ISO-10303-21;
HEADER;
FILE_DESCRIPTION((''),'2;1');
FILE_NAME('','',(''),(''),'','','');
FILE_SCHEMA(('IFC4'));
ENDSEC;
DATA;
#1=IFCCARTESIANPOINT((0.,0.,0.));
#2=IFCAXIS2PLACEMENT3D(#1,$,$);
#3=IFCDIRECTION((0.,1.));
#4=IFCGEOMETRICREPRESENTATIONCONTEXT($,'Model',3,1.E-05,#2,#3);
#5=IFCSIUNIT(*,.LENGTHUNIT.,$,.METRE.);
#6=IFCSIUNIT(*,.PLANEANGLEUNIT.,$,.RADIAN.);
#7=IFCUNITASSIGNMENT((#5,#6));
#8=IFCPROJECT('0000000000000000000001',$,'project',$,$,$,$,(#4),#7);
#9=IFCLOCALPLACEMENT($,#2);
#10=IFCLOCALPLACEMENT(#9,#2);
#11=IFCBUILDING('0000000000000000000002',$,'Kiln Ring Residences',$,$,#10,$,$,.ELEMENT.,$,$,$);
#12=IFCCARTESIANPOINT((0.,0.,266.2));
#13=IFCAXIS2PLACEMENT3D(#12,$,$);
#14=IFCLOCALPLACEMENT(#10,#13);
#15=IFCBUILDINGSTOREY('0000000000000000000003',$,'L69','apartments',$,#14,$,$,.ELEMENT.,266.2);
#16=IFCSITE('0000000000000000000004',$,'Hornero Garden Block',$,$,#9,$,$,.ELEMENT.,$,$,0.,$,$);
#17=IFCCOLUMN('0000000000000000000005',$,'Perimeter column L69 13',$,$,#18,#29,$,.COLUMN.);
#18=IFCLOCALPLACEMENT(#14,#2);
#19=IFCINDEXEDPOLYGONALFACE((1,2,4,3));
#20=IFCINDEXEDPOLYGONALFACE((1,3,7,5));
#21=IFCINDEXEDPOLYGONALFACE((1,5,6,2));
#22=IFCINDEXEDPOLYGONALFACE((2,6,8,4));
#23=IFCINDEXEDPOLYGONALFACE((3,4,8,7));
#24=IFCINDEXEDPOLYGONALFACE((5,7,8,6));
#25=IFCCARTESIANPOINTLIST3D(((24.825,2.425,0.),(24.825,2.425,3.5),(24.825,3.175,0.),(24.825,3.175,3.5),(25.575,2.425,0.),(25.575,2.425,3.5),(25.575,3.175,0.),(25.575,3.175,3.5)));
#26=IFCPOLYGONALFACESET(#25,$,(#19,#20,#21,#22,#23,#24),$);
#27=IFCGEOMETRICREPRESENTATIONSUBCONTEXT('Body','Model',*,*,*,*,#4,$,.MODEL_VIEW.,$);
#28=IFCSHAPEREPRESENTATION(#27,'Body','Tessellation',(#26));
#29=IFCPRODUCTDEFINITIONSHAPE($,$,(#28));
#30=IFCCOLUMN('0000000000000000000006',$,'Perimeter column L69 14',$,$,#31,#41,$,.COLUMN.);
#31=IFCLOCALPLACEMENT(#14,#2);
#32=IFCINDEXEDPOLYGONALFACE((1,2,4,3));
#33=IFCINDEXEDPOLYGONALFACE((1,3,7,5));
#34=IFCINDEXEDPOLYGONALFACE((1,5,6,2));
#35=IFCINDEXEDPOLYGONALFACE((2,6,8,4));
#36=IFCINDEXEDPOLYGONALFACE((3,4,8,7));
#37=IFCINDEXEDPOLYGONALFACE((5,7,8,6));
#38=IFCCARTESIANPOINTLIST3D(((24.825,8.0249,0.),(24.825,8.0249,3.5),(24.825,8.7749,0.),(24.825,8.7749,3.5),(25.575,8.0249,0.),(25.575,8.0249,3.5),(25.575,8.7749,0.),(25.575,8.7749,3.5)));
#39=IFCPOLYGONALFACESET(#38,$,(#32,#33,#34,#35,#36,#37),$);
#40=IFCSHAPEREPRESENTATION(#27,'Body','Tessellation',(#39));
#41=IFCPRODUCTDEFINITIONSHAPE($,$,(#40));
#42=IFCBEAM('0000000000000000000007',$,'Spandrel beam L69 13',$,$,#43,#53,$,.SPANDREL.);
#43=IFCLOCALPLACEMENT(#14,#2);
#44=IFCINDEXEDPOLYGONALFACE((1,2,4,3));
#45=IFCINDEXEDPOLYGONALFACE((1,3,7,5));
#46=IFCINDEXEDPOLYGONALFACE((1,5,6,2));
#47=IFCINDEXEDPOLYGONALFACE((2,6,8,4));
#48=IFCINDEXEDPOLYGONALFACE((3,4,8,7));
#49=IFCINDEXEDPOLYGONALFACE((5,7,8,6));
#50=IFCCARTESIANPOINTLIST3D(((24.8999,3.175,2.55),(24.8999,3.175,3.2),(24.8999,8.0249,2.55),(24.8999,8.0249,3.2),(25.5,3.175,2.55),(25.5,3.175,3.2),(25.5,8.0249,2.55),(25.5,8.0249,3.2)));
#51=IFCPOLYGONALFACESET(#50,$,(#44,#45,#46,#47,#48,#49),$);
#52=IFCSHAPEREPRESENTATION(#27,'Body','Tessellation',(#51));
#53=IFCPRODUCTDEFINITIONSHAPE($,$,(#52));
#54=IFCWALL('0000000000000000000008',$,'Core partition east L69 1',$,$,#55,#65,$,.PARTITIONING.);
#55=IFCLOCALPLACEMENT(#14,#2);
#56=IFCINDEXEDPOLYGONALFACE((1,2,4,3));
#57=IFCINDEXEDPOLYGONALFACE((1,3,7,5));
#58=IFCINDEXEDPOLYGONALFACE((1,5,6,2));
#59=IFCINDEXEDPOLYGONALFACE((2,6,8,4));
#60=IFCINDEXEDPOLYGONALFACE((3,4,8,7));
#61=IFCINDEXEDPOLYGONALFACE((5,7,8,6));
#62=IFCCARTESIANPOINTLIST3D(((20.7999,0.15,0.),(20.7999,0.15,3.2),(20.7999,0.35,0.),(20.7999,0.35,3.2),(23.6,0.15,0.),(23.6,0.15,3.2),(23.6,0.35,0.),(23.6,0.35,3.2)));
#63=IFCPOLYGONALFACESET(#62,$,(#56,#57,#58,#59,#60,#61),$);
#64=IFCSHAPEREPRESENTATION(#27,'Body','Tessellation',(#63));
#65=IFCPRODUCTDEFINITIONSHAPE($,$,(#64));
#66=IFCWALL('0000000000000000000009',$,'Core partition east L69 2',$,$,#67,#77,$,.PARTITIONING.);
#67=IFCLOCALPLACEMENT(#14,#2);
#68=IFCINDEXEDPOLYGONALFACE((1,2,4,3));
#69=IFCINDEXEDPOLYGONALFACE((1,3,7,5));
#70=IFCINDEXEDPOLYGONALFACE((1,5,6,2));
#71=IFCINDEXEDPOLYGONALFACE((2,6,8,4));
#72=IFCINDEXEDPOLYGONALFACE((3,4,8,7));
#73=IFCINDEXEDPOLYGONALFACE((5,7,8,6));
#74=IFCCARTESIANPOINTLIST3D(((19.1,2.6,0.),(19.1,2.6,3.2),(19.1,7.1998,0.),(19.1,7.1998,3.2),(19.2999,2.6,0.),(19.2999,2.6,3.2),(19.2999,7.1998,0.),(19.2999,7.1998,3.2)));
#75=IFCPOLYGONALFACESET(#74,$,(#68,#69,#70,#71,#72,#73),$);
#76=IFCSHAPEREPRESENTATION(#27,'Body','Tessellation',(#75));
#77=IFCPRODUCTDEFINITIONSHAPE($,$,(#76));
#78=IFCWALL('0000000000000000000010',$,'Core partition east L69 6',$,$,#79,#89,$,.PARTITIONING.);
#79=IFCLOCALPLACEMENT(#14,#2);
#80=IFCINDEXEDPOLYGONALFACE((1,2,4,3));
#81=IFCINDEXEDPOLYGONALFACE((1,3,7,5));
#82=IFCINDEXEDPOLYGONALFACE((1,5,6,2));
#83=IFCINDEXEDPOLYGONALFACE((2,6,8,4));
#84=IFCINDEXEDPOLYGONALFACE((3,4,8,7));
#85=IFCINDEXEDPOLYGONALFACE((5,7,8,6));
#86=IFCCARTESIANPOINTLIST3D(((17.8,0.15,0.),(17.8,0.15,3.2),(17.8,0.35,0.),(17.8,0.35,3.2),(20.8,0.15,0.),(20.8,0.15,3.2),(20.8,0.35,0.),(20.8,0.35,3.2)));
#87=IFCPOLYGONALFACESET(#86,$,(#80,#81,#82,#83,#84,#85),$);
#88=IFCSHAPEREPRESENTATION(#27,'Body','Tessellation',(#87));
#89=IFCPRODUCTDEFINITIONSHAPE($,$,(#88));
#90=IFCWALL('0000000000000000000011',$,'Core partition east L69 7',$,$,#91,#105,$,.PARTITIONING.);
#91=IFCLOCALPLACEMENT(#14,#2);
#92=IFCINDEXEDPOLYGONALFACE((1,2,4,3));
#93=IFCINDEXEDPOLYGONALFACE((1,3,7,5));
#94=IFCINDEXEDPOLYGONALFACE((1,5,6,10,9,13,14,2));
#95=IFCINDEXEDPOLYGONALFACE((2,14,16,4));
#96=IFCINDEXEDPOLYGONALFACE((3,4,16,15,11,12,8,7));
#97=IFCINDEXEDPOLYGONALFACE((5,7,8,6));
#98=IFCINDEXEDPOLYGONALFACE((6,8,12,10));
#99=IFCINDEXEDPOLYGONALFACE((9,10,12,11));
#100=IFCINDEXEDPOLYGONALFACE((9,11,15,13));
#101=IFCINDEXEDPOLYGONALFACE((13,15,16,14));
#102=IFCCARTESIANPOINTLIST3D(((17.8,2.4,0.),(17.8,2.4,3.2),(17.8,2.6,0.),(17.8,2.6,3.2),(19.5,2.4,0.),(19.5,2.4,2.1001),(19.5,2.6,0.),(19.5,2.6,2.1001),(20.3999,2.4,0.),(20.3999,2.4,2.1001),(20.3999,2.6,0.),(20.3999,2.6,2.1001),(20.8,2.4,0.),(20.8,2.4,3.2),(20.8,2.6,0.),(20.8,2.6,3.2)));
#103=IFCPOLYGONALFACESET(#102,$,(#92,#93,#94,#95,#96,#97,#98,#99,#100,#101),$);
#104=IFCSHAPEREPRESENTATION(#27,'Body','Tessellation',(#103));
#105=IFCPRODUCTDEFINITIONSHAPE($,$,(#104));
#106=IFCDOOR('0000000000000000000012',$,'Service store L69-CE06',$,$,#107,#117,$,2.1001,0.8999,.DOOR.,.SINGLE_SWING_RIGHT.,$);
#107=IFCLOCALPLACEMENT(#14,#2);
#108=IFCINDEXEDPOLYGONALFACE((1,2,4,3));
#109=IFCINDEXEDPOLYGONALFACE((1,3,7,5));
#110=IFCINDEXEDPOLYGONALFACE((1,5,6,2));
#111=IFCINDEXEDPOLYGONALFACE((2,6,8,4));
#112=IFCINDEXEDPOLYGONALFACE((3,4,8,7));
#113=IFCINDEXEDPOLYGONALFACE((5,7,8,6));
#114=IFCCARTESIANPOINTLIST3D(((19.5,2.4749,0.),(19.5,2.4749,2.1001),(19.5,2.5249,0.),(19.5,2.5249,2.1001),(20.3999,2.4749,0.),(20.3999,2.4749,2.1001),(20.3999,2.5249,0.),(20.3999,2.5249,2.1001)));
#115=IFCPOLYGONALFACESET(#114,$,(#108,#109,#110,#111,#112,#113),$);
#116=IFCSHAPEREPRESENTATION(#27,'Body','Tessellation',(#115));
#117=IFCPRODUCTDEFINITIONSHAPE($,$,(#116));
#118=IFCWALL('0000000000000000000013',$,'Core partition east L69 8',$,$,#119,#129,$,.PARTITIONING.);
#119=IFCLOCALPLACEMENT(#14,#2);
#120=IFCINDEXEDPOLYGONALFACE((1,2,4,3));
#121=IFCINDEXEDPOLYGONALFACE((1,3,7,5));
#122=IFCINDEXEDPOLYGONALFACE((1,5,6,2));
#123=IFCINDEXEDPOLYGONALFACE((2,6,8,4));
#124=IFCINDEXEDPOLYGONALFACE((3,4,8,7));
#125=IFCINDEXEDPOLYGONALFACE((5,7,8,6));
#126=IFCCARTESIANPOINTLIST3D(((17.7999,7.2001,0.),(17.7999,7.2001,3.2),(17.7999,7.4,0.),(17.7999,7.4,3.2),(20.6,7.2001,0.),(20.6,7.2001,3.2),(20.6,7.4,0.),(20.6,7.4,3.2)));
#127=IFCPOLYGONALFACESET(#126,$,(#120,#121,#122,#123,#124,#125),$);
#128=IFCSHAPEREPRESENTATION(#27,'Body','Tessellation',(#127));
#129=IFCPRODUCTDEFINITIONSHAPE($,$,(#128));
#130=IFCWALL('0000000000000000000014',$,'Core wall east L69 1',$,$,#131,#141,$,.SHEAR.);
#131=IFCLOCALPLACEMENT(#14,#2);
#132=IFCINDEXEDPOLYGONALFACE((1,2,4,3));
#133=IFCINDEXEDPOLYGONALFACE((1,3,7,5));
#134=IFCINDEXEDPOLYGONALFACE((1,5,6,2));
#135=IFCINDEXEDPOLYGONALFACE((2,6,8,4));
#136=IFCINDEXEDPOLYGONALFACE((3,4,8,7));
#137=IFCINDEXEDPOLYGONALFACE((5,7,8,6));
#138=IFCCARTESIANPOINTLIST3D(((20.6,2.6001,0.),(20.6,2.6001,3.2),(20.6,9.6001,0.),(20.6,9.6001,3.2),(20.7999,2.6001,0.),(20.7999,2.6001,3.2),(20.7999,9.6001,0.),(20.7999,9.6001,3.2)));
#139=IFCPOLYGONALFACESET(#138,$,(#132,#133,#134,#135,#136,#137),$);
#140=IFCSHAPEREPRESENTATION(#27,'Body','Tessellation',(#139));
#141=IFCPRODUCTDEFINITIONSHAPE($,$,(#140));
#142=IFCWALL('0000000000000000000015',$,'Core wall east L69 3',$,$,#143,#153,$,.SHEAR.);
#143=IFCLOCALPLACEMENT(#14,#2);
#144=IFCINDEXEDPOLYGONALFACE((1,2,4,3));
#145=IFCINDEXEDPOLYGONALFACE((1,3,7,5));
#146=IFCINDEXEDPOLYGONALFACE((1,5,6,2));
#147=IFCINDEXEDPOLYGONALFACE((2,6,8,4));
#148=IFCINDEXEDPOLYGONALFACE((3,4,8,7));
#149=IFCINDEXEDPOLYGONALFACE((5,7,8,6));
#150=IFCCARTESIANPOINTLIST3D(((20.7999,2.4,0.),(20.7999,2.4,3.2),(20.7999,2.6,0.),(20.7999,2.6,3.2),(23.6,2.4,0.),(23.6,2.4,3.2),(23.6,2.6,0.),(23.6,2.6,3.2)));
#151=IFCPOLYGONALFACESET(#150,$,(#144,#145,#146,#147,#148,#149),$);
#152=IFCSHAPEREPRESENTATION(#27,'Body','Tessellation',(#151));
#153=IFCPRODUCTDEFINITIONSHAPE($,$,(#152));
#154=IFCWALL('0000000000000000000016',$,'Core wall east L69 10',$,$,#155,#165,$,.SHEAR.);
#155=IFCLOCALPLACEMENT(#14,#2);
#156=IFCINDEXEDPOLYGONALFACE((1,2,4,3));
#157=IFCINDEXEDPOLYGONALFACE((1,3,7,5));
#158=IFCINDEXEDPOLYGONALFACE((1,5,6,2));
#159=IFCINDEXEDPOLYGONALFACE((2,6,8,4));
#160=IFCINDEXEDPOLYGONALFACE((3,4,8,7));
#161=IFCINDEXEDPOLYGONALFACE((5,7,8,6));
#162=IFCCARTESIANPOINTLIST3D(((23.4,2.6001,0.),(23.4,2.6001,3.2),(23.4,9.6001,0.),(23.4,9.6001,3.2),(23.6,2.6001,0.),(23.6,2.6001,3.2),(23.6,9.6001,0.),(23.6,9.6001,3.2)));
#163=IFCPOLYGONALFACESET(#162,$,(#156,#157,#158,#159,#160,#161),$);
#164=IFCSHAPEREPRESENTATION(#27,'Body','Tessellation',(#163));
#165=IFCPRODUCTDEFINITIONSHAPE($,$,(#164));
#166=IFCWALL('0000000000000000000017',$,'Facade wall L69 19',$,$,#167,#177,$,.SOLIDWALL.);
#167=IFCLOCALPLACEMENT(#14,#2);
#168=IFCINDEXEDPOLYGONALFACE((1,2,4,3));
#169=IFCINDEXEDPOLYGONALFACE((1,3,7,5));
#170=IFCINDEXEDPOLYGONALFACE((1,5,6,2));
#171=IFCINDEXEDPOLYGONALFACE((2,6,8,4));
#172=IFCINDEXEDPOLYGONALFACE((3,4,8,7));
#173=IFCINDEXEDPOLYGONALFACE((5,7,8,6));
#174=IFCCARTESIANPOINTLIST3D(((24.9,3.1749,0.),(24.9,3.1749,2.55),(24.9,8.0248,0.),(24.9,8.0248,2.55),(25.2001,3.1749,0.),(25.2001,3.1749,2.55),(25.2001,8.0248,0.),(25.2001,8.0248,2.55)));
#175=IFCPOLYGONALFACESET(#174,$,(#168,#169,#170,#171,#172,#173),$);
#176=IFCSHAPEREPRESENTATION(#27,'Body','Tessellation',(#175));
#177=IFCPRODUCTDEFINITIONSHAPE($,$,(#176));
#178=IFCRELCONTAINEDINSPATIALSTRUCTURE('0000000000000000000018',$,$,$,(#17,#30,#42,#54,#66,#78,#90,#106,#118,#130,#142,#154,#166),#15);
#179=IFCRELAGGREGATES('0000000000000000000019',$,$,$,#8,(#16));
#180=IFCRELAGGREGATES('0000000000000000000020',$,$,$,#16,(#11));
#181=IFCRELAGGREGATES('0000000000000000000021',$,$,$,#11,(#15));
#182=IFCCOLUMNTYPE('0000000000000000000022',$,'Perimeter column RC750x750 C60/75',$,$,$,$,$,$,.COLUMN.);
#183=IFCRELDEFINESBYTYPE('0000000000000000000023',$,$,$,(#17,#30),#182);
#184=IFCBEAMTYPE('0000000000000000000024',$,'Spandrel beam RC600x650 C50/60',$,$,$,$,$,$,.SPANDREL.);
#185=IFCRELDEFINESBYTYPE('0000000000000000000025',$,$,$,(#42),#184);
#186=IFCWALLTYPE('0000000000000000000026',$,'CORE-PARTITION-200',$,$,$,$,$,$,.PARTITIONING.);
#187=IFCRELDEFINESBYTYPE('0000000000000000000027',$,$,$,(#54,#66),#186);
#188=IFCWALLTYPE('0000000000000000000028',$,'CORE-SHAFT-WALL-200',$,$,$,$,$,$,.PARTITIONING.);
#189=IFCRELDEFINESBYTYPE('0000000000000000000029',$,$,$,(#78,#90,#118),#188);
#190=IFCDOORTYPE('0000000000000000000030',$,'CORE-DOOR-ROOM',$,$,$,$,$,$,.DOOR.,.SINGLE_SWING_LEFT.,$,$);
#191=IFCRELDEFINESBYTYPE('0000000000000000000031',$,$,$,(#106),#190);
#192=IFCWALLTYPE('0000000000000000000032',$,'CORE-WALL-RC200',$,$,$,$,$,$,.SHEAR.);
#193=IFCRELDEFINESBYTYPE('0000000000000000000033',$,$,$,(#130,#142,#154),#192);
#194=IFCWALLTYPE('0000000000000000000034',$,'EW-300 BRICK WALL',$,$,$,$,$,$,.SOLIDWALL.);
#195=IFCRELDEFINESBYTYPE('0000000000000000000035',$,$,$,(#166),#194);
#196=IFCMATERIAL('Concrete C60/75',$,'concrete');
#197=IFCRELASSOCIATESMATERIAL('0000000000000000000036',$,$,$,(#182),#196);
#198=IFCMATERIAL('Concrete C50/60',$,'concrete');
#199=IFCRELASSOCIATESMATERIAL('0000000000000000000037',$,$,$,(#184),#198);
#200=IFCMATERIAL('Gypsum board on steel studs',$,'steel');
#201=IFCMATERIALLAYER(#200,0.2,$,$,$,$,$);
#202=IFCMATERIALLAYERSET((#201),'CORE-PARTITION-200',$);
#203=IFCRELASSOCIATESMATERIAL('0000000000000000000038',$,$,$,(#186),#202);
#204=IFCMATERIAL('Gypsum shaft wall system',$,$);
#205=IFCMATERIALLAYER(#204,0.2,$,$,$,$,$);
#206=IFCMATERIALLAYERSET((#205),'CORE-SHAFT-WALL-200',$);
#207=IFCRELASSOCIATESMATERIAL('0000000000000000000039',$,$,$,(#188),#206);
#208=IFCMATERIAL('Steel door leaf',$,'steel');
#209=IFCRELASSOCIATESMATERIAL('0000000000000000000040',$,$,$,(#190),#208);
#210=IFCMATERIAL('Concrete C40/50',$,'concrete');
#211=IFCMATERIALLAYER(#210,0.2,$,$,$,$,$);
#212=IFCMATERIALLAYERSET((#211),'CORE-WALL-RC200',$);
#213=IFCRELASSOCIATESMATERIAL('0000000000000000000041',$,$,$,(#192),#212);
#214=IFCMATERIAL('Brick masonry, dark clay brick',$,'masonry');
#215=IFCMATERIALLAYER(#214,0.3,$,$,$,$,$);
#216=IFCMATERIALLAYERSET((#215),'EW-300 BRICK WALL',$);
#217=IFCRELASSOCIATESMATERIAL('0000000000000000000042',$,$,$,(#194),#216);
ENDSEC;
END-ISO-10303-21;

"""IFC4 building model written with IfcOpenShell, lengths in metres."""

from ifc_helpers import new_model, si_unit, direction, frame, frame_2d, origin, origin_2d, place, context, subcontext, project, spatial, rectangle, extrude, material, layer, layer_set, material_profile, profile_set, type_object, element, fill, save


model = new_model("IFC4")

# Units and contexts
model_context = context("Model", 3, precision=1e-05, world=origin(), true_north=direction((0.0, 1.0)))
body_context = subcontext(model_context, "Body", "Model", "MODEL_VIEW")
ifc_project = project(units=[si_unit("LENGTHUNIT", "METRE"), si_unit("PLANEANGLEUNIT", "RADIAN")], contexts=[model_context])

# Site, building, storey
site_placement = place(None, origin())
site = spatial("IfcSite", under=ifc_project, at=site_placement, Name="Hornero Garden Block", CompositionType="ELEMENT", RefElevation=0.0)
building_placement = place(site_placement, origin())
building = spatial("IfcBuilding", under=site, at=building_placement, Name="Kiln Ring Residences", CompositionType="ELEMENT")
storey_placement = place(building_placement, frame((0.0, 0.0, 266.2)))
storey = spatial("IfcBuildingStorey", under=building, at=storey_placement, Name="L69", Description="apartments", CompositionType="ELEMENT", Elevation=266.2)

# Columns
ifc_material_1 = material(Name="Concrete C60/75", Category="concrete")
ifc_material_profile_1 = material_profile(ifc_material_1, rectangle(XDim=0.75, YDim=0.75, at=origin_2d()), Name="RC750x750")
ifc_profile_set_1 = profile_set([ifc_material_profile_1], Name="Concrete C60/75")
column_type = type_object("IfcColumnType", Name="Perimeter column RC750x750 C60/75", PredefinedType="COLUMN", material=ifc_profile_set_1)
for number, where, z_axis, x_axis, name in (
    (1, (25.2, 2.8, 0.0), (0.0, 0.0, 1.0), (1.0, 0.0, 0.0), "Perimeter column L69 13"),
    (2, (25.2, 8.3999, 0.0), (0.0, 0.0, 1.0), (1.0, 0.0, 0.0), "Perimeter column L69 14"),
):
    element("IfcColumn", number, at=place(storey_placement, frame(where, z_axis=z_axis, x_axis=x_axis)), inside=storey, type_object=column_type, Name=name, PredefinedType="COLUMN", context=body_context, shape_type="SweptSolid", body=[
        extrude(rectangle(XDim=0.75, YDim=0.75, at=origin_2d()), origin(), (0.0, 0.0, 1.0), 3.5),
    ])

# Beam
ifc_material_2 = material(Name="Concrete C50/60", Category="concrete")
ifc_material_profile_2 = material_profile(ifc_material_2, rectangle(XDim=0.6001, YDim=0.6499, at=origin_2d()), Name="RC600x650")
ifc_profile_set_2 = profile_set([ifc_material_profile_2], Name="Concrete C50/60")
beam_type = type_object("IfcBeamType", Name="Spandrel beam RC600x650 C50/60", PredefinedType="SPANDREL", material=ifc_profile_set_2)
beam_placement = place(storey_placement, frame((25.2, 3.175, 2.875), z_axis=(0.0, 1.0, 0.0), x_axis=(-1.0, 0.0, 0.0)))
element("IfcBeam", 3, at=beam_placement, inside=storey, type_object=beam_type, Name="Spandrel beam L69 13", PredefinedType="SPANDREL", context=body_context, shape_type="SweptSolid", body=[
    extrude(rectangle(XDim=0.6001, YDim=0.6499, at=origin_2d()), origin(), (0.0, 0.0, 1.0), 4.8499),
])

# Walls
ifc_material_3 = material(Name="Gypsum board on steel studs", Category="steel")
ifc_layer_1 = layer(ifc_material_3, 0.2)
ifc_layer_set_1 = layer_set([ifc_layer_1], Name="CORE-PARTITION-200")
wall_type_1 = type_object("IfcWallType", Name="CORE-PARTITION-200", PredefinedType="PARTITIONING", material=ifc_layer_set_1)
wall_1_placement = place(storey_placement, frame((20.8, 0.25, 0.0), z_axis=(0.0, 0.0, 1.0), x_axis=(1.0, 0.0, 0.0)))
element("IfcWall", 4, at=wall_1_placement, inside=storey, type_object=wall_type_1, Name="Core partition east L69 1", PredefinedType="PARTITIONING", context=body_context, shape_type="SweptSolid", body=[
    extrude(rectangle(XDim=2.8, YDim=0.2, at=frame_2d((1.3999, 0.0))), origin(), (0.0, 0.0, 1.0), 3.2),
])
wall_2_placement = place(storey_placement, frame((19.2, 2.6001, 0.0), z_axis=(0.0, 0.0, 1.0), x_axis=(0.0, 1.0, 0.0)))
element("IfcWall", 5, at=wall_2_placement, inside=storey, type_object=wall_type_1, Name="Core partition east L69 2", PredefinedType="PARTITIONING", context=body_context, shape_type="SweptSolid", body=[
    extrude(rectangle(XDim=4.5999, YDim=0.2, at=frame_2d((2.2998, 0.0))), origin(), (0.0, 0.0, 1.0), 3.2),
])
ifc_material_4 = material(Name="Gypsum shaft wall system")
ifc_layer_2 = layer(ifc_material_4, 0.2)
ifc_layer_set_2 = layer_set([ifc_layer_2], Name="CORE-SHAFT-WALL-200")
wall_type_2 = type_object("IfcWallType", Name="CORE-SHAFT-WALL-200", PredefinedType="PARTITIONING", material=ifc_layer_set_2)
wall_3_placement = place(storey_placement, frame((17.8, 0.25, 0.0), z_axis=(0.0, 0.0, 1.0), x_axis=(1.0, 0.0, 0.0)))
element("IfcWall", 6, at=wall_3_placement, inside=storey, type_object=wall_type_2, Name="Core partition east L69 6", PredefinedType="PARTITIONING", context=body_context, shape_type="SweptSolid", body=[
    extrude(rectangle(XDim=3.0, YDim=0.2, at=frame_2d((1.5, 0.0))), origin(), (0.0, 0.0, 1.0), 3.2),
])

# Wall, opening, door
wall_4_placement = place(storey_placement, frame((17.8, 2.5, 0.0), z_axis=(0.0, 0.0, 1.0), x_axis=(1.0, 0.0, 0.0)))
wall_4 = element("IfcWall", 7, at=wall_4_placement, inside=storey, type_object=wall_type_2, Name="Core partition east L69 7", PredefinedType="PARTITIONING", context=body_context, shape_type="SweptSolid", body=[
    extrude(rectangle(XDim=3.0, YDim=0.2, at=frame_2d((1.5, 0.0))), origin(), (0.0, 0.0, 1.0), 3.2),
])
opening_placement = place(wall_4_placement, frame((1.7, 0.0, 0.0)))
opening = element("IfcOpeningElement", 8, at=opening_placement, cuts=wall_4, PredefinedType="OPENING", context=body_context, shape_type="SweptSolid", body=[
    extrude(rectangle(XDim=0.8999, YDim=2.1001, at=frame_2d((0.45, 1.05))), frame((0.0, 0.1099, 0.0), z_axis=(0.0, -1.0, 0.0), x_axis=(1.0, 0.0, 0.0)), (0.0, 0.0, 1.0), 0.22),
])
ifc_material_5 = material(Name="Steel door leaf", Category="steel")
door_type = type_object("IfcDoorType", Name="CORE-DOOR-ROOM", OperationType="SINGLE_SWING_LEFT", PredefinedType="DOOR", material=ifc_material_5)
door_placement = place(opening_placement, origin())
door = element("IfcDoor", 9, at=door_placement, inside=storey, type_object=door_type, Name="Service store L69-CE06", OperationType="SINGLE_SWING_RIGHT", OverallHeight=2.1001, OverallWidth=0.8999, PredefinedType="DOOR", context=body_context, shape_type="SweptSolid", body=[
    extrude(rectangle(XDim=0.8999, YDim=2.1001, at=frame_2d((0.45, 1.05))), frame((0.0, 0.0249, 0.0), z_axis=(0.0, -1.0, 0.0), x_axis=(1.0, 0.0, 0.0)), (0.0, 0.0, 1.0), 0.05),
])
fill(opening, door)

# Walls
wall_5_placement = place(storey_placement, frame((17.8, 7.3, 0.0), z_axis=(0.0, 0.0, 1.0), x_axis=(1.0, 0.0, 0.0)))
element("IfcWall", 10, at=wall_5_placement, inside=storey, type_object=wall_type_2, Name="Core partition east L69 8", PredefinedType="PARTITIONING", context=body_context, shape_type="SweptSolid", body=[
    extrude(rectangle(XDim=2.8, YDim=0.2, at=frame_2d((1.3999, 0.0))), origin(), (0.0, 0.0, 1.0), 3.2),
])
ifc_material_6 = material(Name="Concrete C40/50", Category="concrete")
ifc_layer_3 = layer(ifc_material_6, 0.2)
ifc_layer_set_3 = layer_set([ifc_layer_3], Name="CORE-WALL-RC200")
wall_type_3 = type_object("IfcWallType", Name="CORE-WALL-RC200", PredefinedType="SHEAR", material=ifc_layer_set_3)
wall_6_placement = place(storey_placement, frame((20.7, 2.6001, 0.0), z_axis=(0.0, 0.0, 1.0), x_axis=(0.0, 1.0, 0.0)))
element("IfcWall", 11, at=wall_6_placement, inside=storey, type_object=wall_type_3, Name="Core wall east L69 1", PredefinedType="SHEAR", context=body_context, shape_type="SweptSolid", body=[
    extrude(rectangle(XDim=7.0, YDim=0.2, at=frame_2d((3.5, 0.0))), origin(), (0.0, 0.0, 1.0), 3.2),
])
wall_7_placement = place(storey_placement, frame((20.8, 2.5, 0.0), z_axis=(0.0, 0.0, 1.0), x_axis=(1.0, 0.0, 0.0)))
element("IfcWall", 12, at=wall_7_placement, inside=storey, type_object=wall_type_3, Name="Core wall east L69 3", PredefinedType="SHEAR", context=body_context, shape_type="SweptSolid", body=[
    extrude(rectangle(XDim=2.8, YDim=0.2, at=frame_2d((1.3999, 0.0))), origin(), (0.0, 0.0, 1.0), 3.2),
])
wall_8_placement = place(storey_placement, frame((23.5, 2.6001, 0.0), z_axis=(0.0, 0.0, 1.0), x_axis=(0.0, 1.0, 0.0)))
element("IfcWall", 13, at=wall_8_placement, inside=storey, type_object=wall_type_3, Name="Core wall east L69 10", PredefinedType="SHEAR", context=body_context, shape_type="SweptSolid", body=[
    extrude(rectangle(XDim=7.0, YDim=0.2, at=frame_2d((3.5, 0.0))), origin(), (0.0, 0.0, 1.0), 3.2),
])
ifc_material_7 = material(Name="Brick masonry, dark clay brick", Category="masonry")
ifc_layer_4 = layer(ifc_material_7, 0.3)
ifc_layer_set_4 = layer_set([ifc_layer_4], Name="EW-300 BRICK WALL")
wall_type_4 = type_object("IfcWallType", Name="EW-300 BRICK WALL", PredefinedType="SOLIDWALL", material=ifc_layer_set_4)
wall_9_placement = place(storey_placement, frame((25.05, 3.175, 0.0), z_axis=(0.0, 0.0, 1.0), x_axis=(0.0, 1.0, 0.0)))
element("IfcWall", 14, at=wall_9_placement, inside=storey, type_object=wall_type_4, Name="Facade wall L69 19", PredefinedType="SOLIDWALL", context=body_context, shape_type="SweptSolid", body=[
    extrude(rectangle(XDim=4.8499, YDim=0.3, at=frame_2d((2.4248, 0.0))), origin(), (0.0, 0.0, 1.0), 2.55),
])

save(model, "model.ifc")
